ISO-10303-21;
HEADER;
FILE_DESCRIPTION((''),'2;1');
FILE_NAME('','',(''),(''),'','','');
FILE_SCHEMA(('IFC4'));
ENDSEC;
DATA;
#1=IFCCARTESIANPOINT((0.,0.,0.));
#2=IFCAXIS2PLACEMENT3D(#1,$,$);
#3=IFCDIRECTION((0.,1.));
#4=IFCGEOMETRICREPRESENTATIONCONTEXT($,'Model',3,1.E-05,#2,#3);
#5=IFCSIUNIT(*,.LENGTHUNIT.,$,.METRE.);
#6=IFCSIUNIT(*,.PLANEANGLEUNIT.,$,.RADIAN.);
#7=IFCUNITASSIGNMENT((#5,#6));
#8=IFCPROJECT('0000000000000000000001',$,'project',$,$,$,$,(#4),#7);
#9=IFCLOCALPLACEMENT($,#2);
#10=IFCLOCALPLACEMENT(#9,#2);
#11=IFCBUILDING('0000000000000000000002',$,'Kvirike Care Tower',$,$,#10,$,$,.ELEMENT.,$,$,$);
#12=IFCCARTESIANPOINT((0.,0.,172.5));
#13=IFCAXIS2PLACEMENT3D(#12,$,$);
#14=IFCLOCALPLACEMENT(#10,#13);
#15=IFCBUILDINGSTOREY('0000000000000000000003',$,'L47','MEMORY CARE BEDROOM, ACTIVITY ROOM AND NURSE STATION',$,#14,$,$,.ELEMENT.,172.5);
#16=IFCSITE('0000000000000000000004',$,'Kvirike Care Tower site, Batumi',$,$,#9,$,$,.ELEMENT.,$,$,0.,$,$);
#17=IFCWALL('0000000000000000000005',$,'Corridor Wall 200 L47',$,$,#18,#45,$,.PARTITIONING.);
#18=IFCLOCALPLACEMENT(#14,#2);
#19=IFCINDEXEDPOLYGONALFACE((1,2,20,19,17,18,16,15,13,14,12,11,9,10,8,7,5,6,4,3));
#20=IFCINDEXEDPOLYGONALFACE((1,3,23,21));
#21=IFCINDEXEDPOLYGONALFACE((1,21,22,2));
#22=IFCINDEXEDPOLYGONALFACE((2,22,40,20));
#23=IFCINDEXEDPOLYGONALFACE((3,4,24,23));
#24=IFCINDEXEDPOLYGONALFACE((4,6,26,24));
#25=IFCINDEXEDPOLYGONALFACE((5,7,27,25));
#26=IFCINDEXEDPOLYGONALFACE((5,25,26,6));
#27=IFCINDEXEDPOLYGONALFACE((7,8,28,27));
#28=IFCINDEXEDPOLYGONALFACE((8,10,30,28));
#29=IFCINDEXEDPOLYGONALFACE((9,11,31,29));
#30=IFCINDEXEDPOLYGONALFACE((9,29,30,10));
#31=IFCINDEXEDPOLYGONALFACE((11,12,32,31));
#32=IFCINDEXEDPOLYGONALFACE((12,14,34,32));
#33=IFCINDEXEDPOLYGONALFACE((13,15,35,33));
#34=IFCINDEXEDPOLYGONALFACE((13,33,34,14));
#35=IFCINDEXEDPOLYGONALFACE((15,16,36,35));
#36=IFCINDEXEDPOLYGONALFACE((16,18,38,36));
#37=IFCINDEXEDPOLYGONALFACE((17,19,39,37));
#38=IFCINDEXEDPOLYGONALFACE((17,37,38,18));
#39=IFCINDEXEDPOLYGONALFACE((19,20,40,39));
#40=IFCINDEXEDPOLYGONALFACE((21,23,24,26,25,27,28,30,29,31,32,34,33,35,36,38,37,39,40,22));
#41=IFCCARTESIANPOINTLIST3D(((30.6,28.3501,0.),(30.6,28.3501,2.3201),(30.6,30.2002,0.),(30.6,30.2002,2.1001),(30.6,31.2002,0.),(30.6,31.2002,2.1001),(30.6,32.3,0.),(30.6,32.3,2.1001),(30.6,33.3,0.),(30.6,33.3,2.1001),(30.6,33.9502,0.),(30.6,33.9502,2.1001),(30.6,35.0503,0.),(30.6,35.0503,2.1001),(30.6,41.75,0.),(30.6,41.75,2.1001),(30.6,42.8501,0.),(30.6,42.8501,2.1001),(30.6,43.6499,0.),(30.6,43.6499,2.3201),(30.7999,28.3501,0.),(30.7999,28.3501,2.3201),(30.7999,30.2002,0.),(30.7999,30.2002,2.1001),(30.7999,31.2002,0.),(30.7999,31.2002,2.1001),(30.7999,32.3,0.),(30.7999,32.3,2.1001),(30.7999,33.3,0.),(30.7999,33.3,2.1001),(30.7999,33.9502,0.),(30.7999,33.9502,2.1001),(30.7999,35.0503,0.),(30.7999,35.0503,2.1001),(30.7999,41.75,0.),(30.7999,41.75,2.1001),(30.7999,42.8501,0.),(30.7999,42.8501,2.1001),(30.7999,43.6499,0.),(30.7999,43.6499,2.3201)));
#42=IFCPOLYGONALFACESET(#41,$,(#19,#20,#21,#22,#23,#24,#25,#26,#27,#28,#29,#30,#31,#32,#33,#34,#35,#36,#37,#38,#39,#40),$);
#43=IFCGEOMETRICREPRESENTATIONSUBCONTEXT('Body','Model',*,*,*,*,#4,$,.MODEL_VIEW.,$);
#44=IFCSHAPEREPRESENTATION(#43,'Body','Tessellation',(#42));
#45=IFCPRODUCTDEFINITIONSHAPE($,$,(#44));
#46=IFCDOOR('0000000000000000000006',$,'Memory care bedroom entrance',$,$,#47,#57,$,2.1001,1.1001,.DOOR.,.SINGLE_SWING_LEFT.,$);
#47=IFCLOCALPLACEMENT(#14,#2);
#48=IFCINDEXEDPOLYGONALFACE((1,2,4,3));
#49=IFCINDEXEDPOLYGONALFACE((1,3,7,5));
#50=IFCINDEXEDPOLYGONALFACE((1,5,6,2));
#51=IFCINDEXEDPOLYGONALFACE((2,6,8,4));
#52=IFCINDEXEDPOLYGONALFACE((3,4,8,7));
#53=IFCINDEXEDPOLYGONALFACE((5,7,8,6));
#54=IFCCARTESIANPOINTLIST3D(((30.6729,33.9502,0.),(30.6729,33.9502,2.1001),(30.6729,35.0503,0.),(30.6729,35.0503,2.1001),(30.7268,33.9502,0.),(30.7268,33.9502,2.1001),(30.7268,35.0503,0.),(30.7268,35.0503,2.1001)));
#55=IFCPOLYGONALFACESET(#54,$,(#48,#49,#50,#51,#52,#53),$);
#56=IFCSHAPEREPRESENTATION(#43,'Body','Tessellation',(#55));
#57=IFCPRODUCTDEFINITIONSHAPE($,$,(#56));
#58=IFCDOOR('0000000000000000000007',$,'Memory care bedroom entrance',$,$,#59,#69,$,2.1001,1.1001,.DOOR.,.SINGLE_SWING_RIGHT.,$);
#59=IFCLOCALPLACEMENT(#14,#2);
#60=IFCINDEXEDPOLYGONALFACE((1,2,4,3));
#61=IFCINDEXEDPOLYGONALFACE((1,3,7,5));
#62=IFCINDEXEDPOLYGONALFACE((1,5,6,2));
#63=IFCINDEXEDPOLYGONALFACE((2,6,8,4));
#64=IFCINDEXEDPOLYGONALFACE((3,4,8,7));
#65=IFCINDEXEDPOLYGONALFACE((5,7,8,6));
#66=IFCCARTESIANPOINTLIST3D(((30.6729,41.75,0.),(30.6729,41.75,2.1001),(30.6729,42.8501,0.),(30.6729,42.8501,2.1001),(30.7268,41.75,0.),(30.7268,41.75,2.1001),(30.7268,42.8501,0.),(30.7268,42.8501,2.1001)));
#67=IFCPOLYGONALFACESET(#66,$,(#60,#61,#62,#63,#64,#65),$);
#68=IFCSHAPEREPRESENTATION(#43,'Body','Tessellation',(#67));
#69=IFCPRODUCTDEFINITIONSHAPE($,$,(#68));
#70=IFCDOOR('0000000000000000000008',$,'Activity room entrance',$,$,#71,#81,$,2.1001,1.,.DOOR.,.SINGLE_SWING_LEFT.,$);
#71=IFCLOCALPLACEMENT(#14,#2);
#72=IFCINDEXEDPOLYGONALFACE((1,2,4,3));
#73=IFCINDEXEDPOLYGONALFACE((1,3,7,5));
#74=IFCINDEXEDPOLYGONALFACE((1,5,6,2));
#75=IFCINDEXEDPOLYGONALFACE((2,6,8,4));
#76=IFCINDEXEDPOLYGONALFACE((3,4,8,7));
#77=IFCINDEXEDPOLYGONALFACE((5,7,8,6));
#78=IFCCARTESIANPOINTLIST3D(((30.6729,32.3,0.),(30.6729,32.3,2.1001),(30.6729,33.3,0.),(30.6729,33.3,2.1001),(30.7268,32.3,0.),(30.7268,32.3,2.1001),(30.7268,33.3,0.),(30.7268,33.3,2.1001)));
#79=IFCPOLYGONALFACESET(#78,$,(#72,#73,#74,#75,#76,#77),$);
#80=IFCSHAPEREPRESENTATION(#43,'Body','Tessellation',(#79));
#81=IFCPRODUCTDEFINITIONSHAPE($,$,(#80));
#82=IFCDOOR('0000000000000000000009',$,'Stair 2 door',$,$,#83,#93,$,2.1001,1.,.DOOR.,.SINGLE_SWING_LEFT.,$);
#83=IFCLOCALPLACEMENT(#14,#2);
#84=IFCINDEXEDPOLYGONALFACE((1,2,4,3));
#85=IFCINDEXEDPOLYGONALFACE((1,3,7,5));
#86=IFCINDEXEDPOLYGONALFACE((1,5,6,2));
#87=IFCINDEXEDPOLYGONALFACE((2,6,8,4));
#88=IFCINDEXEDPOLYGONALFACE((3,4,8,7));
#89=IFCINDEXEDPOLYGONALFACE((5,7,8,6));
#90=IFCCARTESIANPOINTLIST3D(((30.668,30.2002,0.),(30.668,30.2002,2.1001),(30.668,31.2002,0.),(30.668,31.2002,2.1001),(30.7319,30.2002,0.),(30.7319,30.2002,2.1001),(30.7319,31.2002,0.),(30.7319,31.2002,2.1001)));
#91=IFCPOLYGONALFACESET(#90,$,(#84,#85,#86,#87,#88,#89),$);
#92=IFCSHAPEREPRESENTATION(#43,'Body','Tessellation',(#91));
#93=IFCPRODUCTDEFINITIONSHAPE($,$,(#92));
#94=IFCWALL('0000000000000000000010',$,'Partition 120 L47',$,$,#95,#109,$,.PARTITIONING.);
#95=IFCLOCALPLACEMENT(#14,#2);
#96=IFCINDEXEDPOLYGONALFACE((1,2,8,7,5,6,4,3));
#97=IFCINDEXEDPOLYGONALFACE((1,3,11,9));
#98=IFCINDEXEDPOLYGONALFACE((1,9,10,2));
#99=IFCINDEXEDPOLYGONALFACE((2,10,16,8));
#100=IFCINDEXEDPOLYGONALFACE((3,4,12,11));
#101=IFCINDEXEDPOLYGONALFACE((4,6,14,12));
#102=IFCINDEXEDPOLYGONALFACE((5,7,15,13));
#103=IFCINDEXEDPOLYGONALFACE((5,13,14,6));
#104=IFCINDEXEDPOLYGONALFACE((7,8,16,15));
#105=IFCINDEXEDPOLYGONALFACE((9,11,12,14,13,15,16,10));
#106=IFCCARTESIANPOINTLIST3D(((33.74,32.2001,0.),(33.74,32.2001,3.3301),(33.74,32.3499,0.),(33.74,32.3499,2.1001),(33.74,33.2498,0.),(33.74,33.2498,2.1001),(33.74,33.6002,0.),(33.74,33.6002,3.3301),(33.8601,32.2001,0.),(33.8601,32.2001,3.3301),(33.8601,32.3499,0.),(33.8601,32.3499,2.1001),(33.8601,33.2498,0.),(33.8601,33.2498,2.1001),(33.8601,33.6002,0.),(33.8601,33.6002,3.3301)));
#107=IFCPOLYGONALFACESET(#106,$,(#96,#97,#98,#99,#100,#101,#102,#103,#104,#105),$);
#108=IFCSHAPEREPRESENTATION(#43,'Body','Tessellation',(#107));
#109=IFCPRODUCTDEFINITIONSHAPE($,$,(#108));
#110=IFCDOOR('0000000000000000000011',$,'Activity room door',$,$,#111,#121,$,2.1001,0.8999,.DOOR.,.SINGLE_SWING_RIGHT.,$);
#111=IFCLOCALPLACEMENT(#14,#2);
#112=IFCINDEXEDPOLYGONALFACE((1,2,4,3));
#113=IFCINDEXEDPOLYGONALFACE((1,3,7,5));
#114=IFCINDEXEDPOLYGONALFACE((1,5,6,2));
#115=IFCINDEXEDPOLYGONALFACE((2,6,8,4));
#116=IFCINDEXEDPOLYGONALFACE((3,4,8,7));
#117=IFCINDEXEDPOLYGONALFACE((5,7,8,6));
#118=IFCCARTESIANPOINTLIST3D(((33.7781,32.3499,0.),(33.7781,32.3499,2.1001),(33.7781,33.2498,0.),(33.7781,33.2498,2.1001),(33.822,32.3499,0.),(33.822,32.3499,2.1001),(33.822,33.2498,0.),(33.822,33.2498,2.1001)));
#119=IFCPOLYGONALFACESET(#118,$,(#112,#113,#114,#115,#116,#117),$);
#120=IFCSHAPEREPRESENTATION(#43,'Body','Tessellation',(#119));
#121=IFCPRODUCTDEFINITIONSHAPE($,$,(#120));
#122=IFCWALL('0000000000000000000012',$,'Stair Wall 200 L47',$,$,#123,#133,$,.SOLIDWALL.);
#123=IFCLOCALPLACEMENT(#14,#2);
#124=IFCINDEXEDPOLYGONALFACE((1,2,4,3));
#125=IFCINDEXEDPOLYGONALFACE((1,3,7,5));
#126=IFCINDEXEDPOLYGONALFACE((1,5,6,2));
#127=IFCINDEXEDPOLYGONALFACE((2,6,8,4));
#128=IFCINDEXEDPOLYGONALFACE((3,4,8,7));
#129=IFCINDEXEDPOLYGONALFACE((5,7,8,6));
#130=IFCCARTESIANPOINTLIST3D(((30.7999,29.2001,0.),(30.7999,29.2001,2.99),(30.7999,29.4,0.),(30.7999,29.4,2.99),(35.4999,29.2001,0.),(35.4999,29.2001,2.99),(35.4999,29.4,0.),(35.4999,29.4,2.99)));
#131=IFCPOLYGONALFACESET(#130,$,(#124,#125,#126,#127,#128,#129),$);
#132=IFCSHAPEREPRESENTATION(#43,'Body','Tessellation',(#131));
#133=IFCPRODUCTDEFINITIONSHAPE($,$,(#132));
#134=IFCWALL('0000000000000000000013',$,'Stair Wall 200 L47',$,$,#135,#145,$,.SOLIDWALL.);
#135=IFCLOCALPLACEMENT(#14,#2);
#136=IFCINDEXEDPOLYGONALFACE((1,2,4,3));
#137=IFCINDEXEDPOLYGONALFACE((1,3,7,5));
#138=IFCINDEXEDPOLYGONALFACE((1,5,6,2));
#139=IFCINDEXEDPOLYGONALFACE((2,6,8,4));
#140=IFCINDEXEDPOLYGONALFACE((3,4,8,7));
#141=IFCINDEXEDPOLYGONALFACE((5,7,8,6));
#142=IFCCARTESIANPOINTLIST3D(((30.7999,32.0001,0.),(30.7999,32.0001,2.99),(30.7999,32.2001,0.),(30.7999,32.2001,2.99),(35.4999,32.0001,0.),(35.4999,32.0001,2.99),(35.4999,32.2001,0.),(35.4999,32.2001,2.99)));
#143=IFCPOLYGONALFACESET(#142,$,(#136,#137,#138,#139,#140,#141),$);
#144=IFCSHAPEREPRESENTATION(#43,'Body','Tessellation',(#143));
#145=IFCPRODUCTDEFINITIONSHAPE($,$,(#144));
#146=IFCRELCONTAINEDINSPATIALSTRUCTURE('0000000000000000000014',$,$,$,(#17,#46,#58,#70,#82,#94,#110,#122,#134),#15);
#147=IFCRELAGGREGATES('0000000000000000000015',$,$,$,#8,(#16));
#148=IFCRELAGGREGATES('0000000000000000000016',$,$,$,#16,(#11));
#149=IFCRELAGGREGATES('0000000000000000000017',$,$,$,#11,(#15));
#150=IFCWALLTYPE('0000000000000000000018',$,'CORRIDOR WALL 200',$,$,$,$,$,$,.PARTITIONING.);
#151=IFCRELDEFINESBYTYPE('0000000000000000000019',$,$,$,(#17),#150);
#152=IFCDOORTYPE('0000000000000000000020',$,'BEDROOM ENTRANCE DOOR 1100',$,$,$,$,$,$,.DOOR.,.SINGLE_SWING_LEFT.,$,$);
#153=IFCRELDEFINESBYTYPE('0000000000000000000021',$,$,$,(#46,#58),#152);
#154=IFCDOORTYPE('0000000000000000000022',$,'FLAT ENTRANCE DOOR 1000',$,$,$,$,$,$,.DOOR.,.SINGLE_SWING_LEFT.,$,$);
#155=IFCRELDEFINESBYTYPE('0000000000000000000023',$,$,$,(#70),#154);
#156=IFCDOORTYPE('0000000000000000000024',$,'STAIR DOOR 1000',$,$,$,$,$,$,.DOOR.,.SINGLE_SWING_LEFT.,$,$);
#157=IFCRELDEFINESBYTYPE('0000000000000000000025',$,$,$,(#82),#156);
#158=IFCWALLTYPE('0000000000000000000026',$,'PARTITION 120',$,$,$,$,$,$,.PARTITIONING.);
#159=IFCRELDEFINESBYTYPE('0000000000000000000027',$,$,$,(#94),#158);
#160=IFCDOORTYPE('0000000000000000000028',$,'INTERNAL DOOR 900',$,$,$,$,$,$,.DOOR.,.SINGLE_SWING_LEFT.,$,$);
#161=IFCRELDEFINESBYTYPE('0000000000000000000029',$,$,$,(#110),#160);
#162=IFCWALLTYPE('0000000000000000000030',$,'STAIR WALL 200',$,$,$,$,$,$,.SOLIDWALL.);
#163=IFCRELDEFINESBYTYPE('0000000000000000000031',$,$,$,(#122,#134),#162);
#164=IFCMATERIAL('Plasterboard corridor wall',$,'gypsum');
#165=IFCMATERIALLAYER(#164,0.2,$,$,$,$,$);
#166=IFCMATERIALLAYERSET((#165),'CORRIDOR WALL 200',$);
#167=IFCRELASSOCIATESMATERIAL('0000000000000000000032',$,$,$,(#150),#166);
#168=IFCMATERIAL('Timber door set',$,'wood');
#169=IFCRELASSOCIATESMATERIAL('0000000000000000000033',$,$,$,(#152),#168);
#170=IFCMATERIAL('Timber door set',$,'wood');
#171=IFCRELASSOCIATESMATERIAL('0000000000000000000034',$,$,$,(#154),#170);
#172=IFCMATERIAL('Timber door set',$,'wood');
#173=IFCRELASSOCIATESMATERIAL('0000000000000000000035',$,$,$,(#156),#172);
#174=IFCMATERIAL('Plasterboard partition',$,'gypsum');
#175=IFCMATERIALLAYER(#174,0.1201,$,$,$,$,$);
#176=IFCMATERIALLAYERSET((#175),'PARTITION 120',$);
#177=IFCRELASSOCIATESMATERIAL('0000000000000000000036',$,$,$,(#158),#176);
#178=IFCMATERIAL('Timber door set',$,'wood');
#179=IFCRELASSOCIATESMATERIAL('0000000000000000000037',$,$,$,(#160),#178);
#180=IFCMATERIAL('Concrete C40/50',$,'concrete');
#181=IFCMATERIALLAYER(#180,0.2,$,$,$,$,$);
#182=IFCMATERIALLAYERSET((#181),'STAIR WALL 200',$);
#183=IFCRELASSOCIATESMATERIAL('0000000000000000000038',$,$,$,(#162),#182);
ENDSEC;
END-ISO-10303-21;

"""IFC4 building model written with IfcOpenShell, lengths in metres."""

from ifc_helpers import new_model, si_unit, direction, frame, frame_2d, origin, place, context, subcontext, project, spatial, rectangle, extrude, material, layer, layer_set, type_object, element, fill, save


model = new_model("IFC4")

# Units and contexts
model_context = context("Model", 3, precision=1e-05, world=origin(), true_north=direction((0.0, 1.0)))
body_context = subcontext(model_context, "Body", "Model", "MODEL_VIEW")
ifc_project = project(units=[si_unit("LENGTHUNIT", "METRE"), si_unit("PLANEANGLEUNIT", "RADIAN")], contexts=[model_context])

# Site, building, storey
site_placement = place(None, origin())
site = spatial("IfcSite", under=ifc_project, at=site_placement, Name="Kvirike Care Tower site, Batumi", CompositionType="ELEMENT", RefElevation=0.0)
building_placement = place(site_placement, origin())
building = spatial("IfcBuilding", under=site, at=building_placement, Name="Kvirike Care Tower", CompositionType="ELEMENT")
storey_placement = place(building_placement, frame((0.0, 0.0, 172.5)))
storey = spatial("IfcBuildingStorey", under=building, at=storey_placement, Name="L47", Description="MEMORY CARE BEDROOM, ACTIVITY ROOM AND NURSE STATION", CompositionType="ELEMENT", Elevation=172.5)

# Wall, openings, doors
ifc_material_1 = material(Name="Plasterboard corridor wall", Category="gypsum")
ifc_layer_1 = layer(ifc_material_1, 0.2)
ifc_layer_set_1 = layer_set([ifc_layer_1], Name="CORRIDOR WALL 200")
wall_type_1 = type_object("IfcWallType", Name="CORRIDOR WALL 200", PredefinedType="PARTITIONING", material=ifc_layer_set_1)
wall_1_placement = place(storey_placement, frame((30.7, 28.3501, 0.0), z_axis=(0.0, 0.0, 1.0), x_axis=(0.0, 1.0, 0.0)))
wall_1 = element("IfcWall", 1, at=wall_1_placement, inside=storey, type_object=wall_type_1, Name="Corridor Wall 200 L47", PredefinedType="PARTITIONING", context=body_context, shape_type="SweptSolid", body=[
    extrude(rectangle(XDim=15.2998, YDim=0.2, at=frame_2d((7.6499, 0.0))), origin(), (0.0, 0.0, 1.0), 2.3201),
])
opening_1_placement = place(wall_1_placement, frame((1.8501, 0.0, 0.0)))
opening_1 = element("IfcOpeningElement", 2, at=opening_1_placement, cuts=wall_1, PredefinedType="OPENING", context=body_context, shape_type="SweptSolid", body=[
    extrude(rectangle(XDim=1.0, YDim=2.1001, at=frame_2d((0.5, 1.05))), frame((0.0, 0.1106, 0.0), z_axis=(0.0, -1.0, 0.0), x_axis=(1.0, 0.0, 0.0)), (0.0, 0.0, 1.0), 0.2209),
])
opening_2_placement = place(wall_1_placement, frame((3.95, 0.0, 0.0)))
opening_2 = element("IfcOpeningElement", 3, at=opening_2_placement, cuts=wall_1, PredefinedType="OPENING", context=body_context, shape_type="SweptSolid", body=[
    extrude(rectangle(XDim=1.0, YDim=2.1001, at=frame_2d((0.5, 1.05))), frame((0.0, 0.1106, 0.0), z_axis=(0.0, -1.0, 0.0), x_axis=(1.0, 0.0, 0.0)), (0.0, 0.0, 1.0), 0.2209),
])
opening_3_placement = place(wall_1_placement, frame((5.6001, 0.0, 0.0)))
opening_3 = element("IfcOpeningElement", 4, at=opening_3_placement, cuts=wall_1, PredefinedType="OPENING", context=body_context, shape_type="SweptSolid", body=[
    extrude(rectangle(XDim=1.1001, YDim=2.1001, at=frame_2d((0.55, 1.05))), frame((0.0, 0.1106, 0.0), z_axis=(0.0, -1.0, 0.0), x_axis=(1.0, 0.0, 0.0)), (0.0, 0.0, 1.0), 0.2209),
])
opening_4_placement = place(wall_1_placement, frame((13.3999, 0.0, 0.0)))
opening_4 = element("IfcOpeningElement", 5, at=opening_4_placement, cuts=wall_1, PredefinedType="OPENING", context=body_context, shape_type="SweptSolid", body=[
    extrude(rectangle(XDim=1.1001, YDim=2.1001, at=frame_2d((0.55, 1.05))), frame((0.0, 0.1106, 0.0), z_axis=(0.0, -1.0, 0.0), x_axis=(1.0, 0.0, 0.0)), (0.0, 0.0, 1.0), 0.2209),
])
ifc_material_2 = material(Name="Timber door set", Category="wood")
door_type_1 = type_object("IfcDoorType", Name="BEDROOM ENTRANCE DOOR 1100", OperationType="SINGLE_SWING_LEFT", PredefinedType="DOOR", material=ifc_material_2)
door_1_placement = place(opening_3_placement, frame((1.1001, 0.0, 0.0), z_axis=(0.0, 0.0, 1.0), x_axis=(-1.0, 0.0, 0.0)))
door_1 = element("IfcDoor", 6, at=door_1_placement, inside=storey, type_object=door_type_1, Name="Memory care bedroom entrance", OperationType="SINGLE_SWING_LEFT", OverallHeight=2.1001, OverallWidth=1.1001, PredefinedType="DOOR", context=body_context, shape_type="SweptSolid", body=[
    extrude(rectangle(XDim=1.1001, YDim=2.1001, at=frame_2d((0.55, 1.05))), frame((0.0, 0.0269, 0.0), z_axis=(0.0, -1.0, 0.0), x_axis=(1.0, 0.0, 0.0)), (0.0, 0.0, 1.0), 0.054),
])
fill(opening_3, door_1)
door_2_placement = place(opening_4_placement, frame((1.1001, 0.0, 0.0), z_axis=(0.0, 0.0, 1.0), x_axis=(-1.0, 0.0, 0.0)))
door_2 = element("IfcDoor", 7, at=door_2_placement, inside=storey, type_object=door_type_1, Name="Memory care bedroom entrance", OperationType="SINGLE_SWING_RIGHT", OverallHeight=2.1001, OverallWidth=1.1001, PredefinedType="DOOR", context=body_context, shape_type="SweptSolid", body=[
    extrude(rectangle(XDim=1.1001, YDim=2.1001, at=frame_2d((0.55, 1.05))), frame((0.0, 0.0269, 0.0), z_axis=(0.0, -1.0, 0.0), x_axis=(1.0, 0.0, 0.0)), (0.0, 0.0, 1.0), 0.054),
])
fill(opening_4, door_2)
ifc_material_3 = material(Name="Timber door set", Category="wood")
door_type_2 = type_object("IfcDoorType", Name="FLAT ENTRANCE DOOR 1000", OperationType="SINGLE_SWING_LEFT", PredefinedType="DOOR", material=ifc_material_3)
door_3_placement = place(opening_2_placement, frame((1.0, 0.0, 0.0), z_axis=(0.0, 0.0, 1.0), x_axis=(-1.0, 0.0, 0.0)))
door_3 = element("IfcDoor", 8, at=door_3_placement, inside=storey, type_object=door_type_2, Name="Activity room entrance", OperationType="SINGLE_SWING_LEFT", OverallHeight=2.1001, OverallWidth=1.0, PredefinedType="DOOR", context=body_context, shape_type="SweptSolid", body=[
    extrude(rectangle(XDim=1.0, YDim=2.1001, at=frame_2d((0.5, 1.05))), frame((0.0, 0.0269, 0.0), z_axis=(0.0, -1.0, 0.0), x_axis=(1.0, 0.0, 0.0)), (0.0, 0.0, 1.0), 0.054),
])
fill(opening_2, door_3)
ifc_material_4 = material(Name="Timber door set", Category="wood")
door_type_3 = type_object("IfcDoorType", Name="STAIR DOOR 1000", OperationType="SINGLE_SWING_LEFT", PredefinedType="DOOR", material=ifc_material_4)
door_4_placement = place(opening_1_placement, frame((1.0, 0.0, 0.0), z_axis=(0.0, 0.0, 1.0), x_axis=(-1.0, 0.0, 0.0)))
door_4 = element("IfcDoor", 9, at=door_4_placement, inside=storey, type_object=door_type_3, Name="Stair 2 door", OperationType="SINGLE_SWING_LEFT", OverallHeight=2.1001, OverallWidth=1.0, PredefinedType="DOOR", context=body_context, shape_type="SweptSolid", body=[
    extrude(rectangle(XDim=1.0, YDim=2.1001, at=frame_2d((0.5, 1.05))), frame((0.0, 0.032, 0.0), z_axis=(0.0, -1.0, 0.0), x_axis=(1.0, 0.0, 0.0)), (0.0, 0.0, 1.0), 0.064),
])
fill(opening_1, door_4)

# Wall, opening, door
ifc_material_5 = material(Name="Plasterboard partition", Category="gypsum")
ifc_layer_2 = layer(ifc_material_5, 0.1201)
ifc_layer_set_2 = layer_set([ifc_layer_2], Name="PARTITION 120")
wall_type_2 = type_object("IfcWallType", Name="PARTITION 120", PredefinedType="PARTITIONING", material=ifc_layer_set_2)
wall_2_placement = place(storey_placement, frame((33.8, 32.2, 0.0), z_axis=(0.0, 0.0, 1.0), x_axis=(0.0, 1.0, 0.0)))
wall_2 = element("IfcWall", 10, at=wall_2_placement, inside=storey, type_object=wall_type_2, Name="Partition 120 L47", PredefinedType="PARTITIONING", context=body_context, shape_type="SweptSolid", body=[
    extrude(rectangle(XDim=1.4001, YDim=0.1201, at=frame_2d((0.7002, 0.0))), origin(), (0.0, 0.0, 1.0), 3.3301),
])
opening_5_placement = place(wall_2_placement, frame((0.1499, 0.0, 0.0)))
opening_5 = element("IfcOpeningElement", 11, at=opening_5_placement, cuts=wall_2, PredefinedType="OPENING", context=body_context, shape_type="SweptSolid", body=[
    extrude(rectangle(XDim=0.8999, YDim=2.1001, at=frame_2d((0.45, 1.05))), frame((0.0, 0.0706, 0.0), z_axis=(0.0, -1.0, 0.0), x_axis=(1.0, 0.0, 0.0)), (0.0, 0.0, 1.0), 0.1411),
])
ifc_material_6 = material(Name="Timber door set", Category="wood")
door_type_4 = type_object("IfcDoorType", Name="INTERNAL DOOR 900", OperationType="SINGLE_SWING_LEFT", PredefinedType="DOOR", material=ifc_material_6)
door_5_placement = place(opening_5_placement, origin())
door_5 = element("IfcDoor", 12, at=door_5_placement, inside=storey, type_object=door_type_4, Name="Activity room door", OperationType="SINGLE_SWING_RIGHT", OverallHeight=2.1001, OverallWidth=0.8999, PredefinedType="DOOR", context=body_context, shape_type="SweptSolid", body=[
    extrude(rectangle(XDim=0.8999, YDim=2.1001, at=frame_2d((0.45, 1.05))), frame((0.0, 0.022, 0.0), z_axis=(0.0, -1.0, 0.0), x_axis=(1.0, 0.0, 0.0)), (0.0, 0.0, 1.0), 0.0439),
])
fill(opening_5, door_5)

# Walls
ifc_material_7 = material(Name="Concrete C40/50", Category="concrete")
ifc_layer_3 = layer(ifc_material_7, 0.2)
ifc_layer_set_3 = layer_set([ifc_layer_3], Name="STAIR WALL 200")
wall_type_3 = type_object("IfcWallType", Name="STAIR WALL 200", PredefinedType="SOLIDWALL", material=ifc_layer_set_3)
for number, where, z_axis, x_axis, name in (
    (13, (35.5, 29.3, 0.0), (0.0, 0.0, 1.0), (-1.0, 0.0, 0.0), "Stair Wall 200 L47"),
    (14, (35.5, 32.1001, 0.0), (0.0, 0.0, 1.0), (-1.0, 0.0, 0.0), "Stair Wall 200 L47"),
):
    element("IfcWall", number, at=place(storey_placement, frame(where, z_axis=z_axis, x_axis=x_axis)), inside=storey, type_object=wall_type_3, Name=name, PredefinedType="SOLIDWALL", context=body_context, shape_type="SweptSolid", body=[
        extrude(rectangle(XDim=4.7, YDim=0.2, at=frame_2d((2.3501, 0.0))), origin(), (0.0, 0.0, 1.0), 2.99),
    ])

save(model, "model.ifc")
